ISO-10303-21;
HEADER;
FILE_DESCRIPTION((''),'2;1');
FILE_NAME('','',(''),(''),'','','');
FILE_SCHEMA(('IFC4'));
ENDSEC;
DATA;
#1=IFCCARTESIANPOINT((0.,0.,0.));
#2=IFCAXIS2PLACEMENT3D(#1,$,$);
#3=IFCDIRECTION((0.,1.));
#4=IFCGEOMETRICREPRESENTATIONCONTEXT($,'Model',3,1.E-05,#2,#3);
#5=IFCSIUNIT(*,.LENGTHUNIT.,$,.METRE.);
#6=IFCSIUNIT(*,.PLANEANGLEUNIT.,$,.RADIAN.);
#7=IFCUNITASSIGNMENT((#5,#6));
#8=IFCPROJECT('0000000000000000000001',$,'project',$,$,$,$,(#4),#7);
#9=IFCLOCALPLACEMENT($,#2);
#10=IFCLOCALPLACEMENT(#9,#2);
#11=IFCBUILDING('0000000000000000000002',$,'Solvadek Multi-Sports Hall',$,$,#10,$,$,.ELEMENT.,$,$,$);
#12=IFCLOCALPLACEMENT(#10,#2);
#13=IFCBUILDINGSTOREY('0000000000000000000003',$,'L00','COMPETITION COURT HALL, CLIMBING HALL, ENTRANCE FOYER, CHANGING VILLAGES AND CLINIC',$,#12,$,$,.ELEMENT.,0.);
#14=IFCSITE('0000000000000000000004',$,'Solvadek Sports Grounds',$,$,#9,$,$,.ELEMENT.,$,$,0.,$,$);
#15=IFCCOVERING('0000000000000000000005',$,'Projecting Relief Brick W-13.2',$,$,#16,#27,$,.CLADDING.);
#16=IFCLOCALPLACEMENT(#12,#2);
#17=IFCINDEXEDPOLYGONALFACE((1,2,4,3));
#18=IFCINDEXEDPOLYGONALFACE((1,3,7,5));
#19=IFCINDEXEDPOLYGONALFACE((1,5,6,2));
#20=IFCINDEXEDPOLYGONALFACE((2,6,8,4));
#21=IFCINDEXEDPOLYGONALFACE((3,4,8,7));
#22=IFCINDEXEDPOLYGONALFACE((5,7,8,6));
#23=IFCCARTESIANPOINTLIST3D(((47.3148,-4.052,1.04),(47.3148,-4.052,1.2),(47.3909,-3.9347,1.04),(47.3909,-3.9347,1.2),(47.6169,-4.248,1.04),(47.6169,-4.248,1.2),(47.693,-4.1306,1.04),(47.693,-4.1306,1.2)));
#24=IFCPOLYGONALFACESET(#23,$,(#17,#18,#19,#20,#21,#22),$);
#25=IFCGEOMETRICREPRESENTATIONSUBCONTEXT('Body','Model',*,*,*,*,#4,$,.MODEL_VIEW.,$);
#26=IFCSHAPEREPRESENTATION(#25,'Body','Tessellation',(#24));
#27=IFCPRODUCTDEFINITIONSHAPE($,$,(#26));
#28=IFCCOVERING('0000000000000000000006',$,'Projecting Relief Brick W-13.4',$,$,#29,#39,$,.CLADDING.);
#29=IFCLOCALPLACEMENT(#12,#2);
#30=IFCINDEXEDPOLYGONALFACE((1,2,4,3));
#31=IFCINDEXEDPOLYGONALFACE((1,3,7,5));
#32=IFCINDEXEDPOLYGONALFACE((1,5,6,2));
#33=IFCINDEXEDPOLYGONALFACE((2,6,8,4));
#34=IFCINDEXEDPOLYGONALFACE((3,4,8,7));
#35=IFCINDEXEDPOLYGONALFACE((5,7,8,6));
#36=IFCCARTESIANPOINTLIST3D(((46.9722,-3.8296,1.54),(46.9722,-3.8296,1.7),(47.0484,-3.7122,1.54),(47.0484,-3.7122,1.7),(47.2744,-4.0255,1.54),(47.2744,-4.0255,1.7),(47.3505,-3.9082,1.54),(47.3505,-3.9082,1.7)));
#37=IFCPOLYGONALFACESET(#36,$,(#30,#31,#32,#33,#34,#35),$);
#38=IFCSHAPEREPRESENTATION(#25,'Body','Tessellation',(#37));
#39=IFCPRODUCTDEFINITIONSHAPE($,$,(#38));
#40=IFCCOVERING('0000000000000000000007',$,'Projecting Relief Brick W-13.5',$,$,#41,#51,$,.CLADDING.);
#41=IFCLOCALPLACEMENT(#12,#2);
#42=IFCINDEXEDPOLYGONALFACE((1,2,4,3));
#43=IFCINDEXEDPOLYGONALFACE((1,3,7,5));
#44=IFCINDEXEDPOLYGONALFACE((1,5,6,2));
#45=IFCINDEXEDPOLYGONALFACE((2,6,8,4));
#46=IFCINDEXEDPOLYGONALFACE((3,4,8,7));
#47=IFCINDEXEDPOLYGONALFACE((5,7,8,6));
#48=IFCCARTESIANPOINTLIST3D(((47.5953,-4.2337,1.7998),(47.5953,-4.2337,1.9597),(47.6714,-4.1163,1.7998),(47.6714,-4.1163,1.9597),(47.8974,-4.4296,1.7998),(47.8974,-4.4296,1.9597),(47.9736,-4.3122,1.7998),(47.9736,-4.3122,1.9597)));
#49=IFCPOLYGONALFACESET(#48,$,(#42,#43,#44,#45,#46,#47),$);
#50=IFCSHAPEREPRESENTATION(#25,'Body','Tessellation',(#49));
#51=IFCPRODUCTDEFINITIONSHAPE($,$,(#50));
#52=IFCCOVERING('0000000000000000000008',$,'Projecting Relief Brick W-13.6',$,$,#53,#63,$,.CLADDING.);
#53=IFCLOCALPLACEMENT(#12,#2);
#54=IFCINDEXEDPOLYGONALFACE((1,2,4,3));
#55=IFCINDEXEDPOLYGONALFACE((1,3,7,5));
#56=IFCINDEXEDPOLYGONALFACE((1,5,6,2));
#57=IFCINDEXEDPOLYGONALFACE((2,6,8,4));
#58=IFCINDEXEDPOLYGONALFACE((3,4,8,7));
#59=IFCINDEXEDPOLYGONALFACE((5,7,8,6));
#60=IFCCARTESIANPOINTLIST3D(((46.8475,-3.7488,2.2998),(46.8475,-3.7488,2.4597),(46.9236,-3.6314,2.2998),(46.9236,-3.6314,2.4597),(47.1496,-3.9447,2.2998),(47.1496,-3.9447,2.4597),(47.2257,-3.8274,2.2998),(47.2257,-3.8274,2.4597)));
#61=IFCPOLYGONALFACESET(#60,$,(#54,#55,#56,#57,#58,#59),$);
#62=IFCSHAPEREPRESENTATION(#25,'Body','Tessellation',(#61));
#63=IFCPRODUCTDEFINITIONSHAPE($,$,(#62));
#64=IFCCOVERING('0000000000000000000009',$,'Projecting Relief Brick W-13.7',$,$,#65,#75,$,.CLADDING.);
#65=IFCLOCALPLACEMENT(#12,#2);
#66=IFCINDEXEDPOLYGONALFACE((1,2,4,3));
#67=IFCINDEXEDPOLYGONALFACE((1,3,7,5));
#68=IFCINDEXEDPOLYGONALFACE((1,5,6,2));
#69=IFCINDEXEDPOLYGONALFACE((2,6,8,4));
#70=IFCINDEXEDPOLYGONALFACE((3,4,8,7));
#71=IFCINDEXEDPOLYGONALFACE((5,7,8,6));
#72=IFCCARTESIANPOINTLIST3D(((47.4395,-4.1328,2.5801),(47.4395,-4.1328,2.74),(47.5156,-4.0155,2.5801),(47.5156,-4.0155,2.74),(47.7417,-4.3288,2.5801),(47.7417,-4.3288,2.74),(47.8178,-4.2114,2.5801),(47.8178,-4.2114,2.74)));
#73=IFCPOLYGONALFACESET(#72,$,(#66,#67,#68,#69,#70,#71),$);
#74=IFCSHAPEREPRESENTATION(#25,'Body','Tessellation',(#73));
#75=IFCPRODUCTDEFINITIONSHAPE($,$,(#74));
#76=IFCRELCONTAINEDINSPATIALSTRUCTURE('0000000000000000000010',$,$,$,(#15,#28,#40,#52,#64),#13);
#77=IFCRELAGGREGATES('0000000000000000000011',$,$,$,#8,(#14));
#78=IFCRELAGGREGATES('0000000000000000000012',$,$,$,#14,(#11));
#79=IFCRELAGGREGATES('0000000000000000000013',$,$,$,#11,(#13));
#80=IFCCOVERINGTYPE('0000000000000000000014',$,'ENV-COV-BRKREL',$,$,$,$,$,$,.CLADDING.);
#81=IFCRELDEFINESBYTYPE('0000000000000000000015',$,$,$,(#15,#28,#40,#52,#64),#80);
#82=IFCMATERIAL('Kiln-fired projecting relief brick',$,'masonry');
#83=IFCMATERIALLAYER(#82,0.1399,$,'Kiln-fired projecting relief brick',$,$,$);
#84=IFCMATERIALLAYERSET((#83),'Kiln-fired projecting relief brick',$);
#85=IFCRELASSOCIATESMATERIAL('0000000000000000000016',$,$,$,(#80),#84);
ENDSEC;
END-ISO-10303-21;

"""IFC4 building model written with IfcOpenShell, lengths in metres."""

from ifc_helpers import new_model, si_unit, direction, frame, origin, origin_2d, place, context, subcontext, project, spatial, rectangle, extrude, material, layer, layer_set, type_object, element, save


model = new_model("IFC4")

# Units and contexts
model_context = context("Model", 3, precision=1e-05, world=origin(), true_north=direction((0.0, 1.0)))
body_context = subcontext(model_context, "Body", "Model", "MODEL_VIEW")
ifc_project = project(units=[si_unit("LENGTHUNIT", "METRE"), si_unit("PLANEANGLEUNIT", "RADIAN")], contexts=[model_context])

# Site, building, storey
site_placement = place(None, origin())
site = spatial("IfcSite", under=ifc_project, at=site_placement, Name="Solvadek Sports Grounds", CompositionType="ELEMENT", RefElevation=0.0)
building_placement = place(site_placement, origin())
building = spatial("IfcBuilding", under=site, at=building_placement, Name="Solvadek Multi-Sports Hall", CompositionType="ELEMENT")
storey_placement = place(building_placement, origin())
storey = spatial("IfcBuildingStorey", under=building, at=storey_placement, Name="L00", Description="COMPETITION COURT HALL, CLIMBING HALL, ENTRANCE FOYER, CHANGING VILLAGES AND CLINIC", CompositionType="ELEMENT", Elevation=0.0)

# Coverings
ifc_material_1 = material(Name="Kiln-fired projecting relief brick", Category="masonry")
ifc_layer_1 = layer(ifc_material_1, 0.1399, Name="Kiln-fired projecting relief brick")
ifc_layer_set_1 = layer_set([ifc_layer_1], Name="Kiln-fired projecting relief brick")
covering_type = type_object("IfcCoveringType", Name="ENV-COV-BRKREL", PredefinedType="CLADDING", material=ifc_layer_set_1)
for number, where, z_axis, x_axis, name in (
    (1, (47.5039, -4.0913, 1.04), (0.0, 0.0, 1.0), (0.839053, -0.544049, 0.0), "Projecting Relief Brick W-13.2"),
    (2, (47.1614, -3.8689, 1.54), (0.0, 0.0, 1.0), (0.839053, -0.544049, 0.0), "Projecting Relief Brick W-13.4"),
    (3, (47.7844, -4.2729, 1.7998), (0.0, 0.0, 1.0), (0.839053, -0.544049, 0.0), "Projecting Relief Brick W-13.5"),
    (4, (47.0366, -3.7881, 2.2998), (0.0, 0.0, 1.0), (0.839053, -0.544049, 0.0), "Projecting Relief Brick W-13.6"),
    (5, (47.6287, -4.1721, 2.5801), (0.0, 0.0, 1.0), (0.839053, -0.544049, 0.0), "Projecting Relief Brick W-13.7"),
):
    element("IfcCovering", number, at=place(storey_placement, frame(where, z_axis=z_axis, x_axis=x_axis)), inside=storey, type_object=covering_type, Name=name, PredefinedType="CLADDING", context=body_context, shape_type="SweptSolid", body=[
        extrude(rectangle(XDim=0.3601, YDim=0.1399, at=origin_2d()), origin(), (0.0, 0.0, 1.0), 0.1599),
    ])

save(model, "model.ifc")
